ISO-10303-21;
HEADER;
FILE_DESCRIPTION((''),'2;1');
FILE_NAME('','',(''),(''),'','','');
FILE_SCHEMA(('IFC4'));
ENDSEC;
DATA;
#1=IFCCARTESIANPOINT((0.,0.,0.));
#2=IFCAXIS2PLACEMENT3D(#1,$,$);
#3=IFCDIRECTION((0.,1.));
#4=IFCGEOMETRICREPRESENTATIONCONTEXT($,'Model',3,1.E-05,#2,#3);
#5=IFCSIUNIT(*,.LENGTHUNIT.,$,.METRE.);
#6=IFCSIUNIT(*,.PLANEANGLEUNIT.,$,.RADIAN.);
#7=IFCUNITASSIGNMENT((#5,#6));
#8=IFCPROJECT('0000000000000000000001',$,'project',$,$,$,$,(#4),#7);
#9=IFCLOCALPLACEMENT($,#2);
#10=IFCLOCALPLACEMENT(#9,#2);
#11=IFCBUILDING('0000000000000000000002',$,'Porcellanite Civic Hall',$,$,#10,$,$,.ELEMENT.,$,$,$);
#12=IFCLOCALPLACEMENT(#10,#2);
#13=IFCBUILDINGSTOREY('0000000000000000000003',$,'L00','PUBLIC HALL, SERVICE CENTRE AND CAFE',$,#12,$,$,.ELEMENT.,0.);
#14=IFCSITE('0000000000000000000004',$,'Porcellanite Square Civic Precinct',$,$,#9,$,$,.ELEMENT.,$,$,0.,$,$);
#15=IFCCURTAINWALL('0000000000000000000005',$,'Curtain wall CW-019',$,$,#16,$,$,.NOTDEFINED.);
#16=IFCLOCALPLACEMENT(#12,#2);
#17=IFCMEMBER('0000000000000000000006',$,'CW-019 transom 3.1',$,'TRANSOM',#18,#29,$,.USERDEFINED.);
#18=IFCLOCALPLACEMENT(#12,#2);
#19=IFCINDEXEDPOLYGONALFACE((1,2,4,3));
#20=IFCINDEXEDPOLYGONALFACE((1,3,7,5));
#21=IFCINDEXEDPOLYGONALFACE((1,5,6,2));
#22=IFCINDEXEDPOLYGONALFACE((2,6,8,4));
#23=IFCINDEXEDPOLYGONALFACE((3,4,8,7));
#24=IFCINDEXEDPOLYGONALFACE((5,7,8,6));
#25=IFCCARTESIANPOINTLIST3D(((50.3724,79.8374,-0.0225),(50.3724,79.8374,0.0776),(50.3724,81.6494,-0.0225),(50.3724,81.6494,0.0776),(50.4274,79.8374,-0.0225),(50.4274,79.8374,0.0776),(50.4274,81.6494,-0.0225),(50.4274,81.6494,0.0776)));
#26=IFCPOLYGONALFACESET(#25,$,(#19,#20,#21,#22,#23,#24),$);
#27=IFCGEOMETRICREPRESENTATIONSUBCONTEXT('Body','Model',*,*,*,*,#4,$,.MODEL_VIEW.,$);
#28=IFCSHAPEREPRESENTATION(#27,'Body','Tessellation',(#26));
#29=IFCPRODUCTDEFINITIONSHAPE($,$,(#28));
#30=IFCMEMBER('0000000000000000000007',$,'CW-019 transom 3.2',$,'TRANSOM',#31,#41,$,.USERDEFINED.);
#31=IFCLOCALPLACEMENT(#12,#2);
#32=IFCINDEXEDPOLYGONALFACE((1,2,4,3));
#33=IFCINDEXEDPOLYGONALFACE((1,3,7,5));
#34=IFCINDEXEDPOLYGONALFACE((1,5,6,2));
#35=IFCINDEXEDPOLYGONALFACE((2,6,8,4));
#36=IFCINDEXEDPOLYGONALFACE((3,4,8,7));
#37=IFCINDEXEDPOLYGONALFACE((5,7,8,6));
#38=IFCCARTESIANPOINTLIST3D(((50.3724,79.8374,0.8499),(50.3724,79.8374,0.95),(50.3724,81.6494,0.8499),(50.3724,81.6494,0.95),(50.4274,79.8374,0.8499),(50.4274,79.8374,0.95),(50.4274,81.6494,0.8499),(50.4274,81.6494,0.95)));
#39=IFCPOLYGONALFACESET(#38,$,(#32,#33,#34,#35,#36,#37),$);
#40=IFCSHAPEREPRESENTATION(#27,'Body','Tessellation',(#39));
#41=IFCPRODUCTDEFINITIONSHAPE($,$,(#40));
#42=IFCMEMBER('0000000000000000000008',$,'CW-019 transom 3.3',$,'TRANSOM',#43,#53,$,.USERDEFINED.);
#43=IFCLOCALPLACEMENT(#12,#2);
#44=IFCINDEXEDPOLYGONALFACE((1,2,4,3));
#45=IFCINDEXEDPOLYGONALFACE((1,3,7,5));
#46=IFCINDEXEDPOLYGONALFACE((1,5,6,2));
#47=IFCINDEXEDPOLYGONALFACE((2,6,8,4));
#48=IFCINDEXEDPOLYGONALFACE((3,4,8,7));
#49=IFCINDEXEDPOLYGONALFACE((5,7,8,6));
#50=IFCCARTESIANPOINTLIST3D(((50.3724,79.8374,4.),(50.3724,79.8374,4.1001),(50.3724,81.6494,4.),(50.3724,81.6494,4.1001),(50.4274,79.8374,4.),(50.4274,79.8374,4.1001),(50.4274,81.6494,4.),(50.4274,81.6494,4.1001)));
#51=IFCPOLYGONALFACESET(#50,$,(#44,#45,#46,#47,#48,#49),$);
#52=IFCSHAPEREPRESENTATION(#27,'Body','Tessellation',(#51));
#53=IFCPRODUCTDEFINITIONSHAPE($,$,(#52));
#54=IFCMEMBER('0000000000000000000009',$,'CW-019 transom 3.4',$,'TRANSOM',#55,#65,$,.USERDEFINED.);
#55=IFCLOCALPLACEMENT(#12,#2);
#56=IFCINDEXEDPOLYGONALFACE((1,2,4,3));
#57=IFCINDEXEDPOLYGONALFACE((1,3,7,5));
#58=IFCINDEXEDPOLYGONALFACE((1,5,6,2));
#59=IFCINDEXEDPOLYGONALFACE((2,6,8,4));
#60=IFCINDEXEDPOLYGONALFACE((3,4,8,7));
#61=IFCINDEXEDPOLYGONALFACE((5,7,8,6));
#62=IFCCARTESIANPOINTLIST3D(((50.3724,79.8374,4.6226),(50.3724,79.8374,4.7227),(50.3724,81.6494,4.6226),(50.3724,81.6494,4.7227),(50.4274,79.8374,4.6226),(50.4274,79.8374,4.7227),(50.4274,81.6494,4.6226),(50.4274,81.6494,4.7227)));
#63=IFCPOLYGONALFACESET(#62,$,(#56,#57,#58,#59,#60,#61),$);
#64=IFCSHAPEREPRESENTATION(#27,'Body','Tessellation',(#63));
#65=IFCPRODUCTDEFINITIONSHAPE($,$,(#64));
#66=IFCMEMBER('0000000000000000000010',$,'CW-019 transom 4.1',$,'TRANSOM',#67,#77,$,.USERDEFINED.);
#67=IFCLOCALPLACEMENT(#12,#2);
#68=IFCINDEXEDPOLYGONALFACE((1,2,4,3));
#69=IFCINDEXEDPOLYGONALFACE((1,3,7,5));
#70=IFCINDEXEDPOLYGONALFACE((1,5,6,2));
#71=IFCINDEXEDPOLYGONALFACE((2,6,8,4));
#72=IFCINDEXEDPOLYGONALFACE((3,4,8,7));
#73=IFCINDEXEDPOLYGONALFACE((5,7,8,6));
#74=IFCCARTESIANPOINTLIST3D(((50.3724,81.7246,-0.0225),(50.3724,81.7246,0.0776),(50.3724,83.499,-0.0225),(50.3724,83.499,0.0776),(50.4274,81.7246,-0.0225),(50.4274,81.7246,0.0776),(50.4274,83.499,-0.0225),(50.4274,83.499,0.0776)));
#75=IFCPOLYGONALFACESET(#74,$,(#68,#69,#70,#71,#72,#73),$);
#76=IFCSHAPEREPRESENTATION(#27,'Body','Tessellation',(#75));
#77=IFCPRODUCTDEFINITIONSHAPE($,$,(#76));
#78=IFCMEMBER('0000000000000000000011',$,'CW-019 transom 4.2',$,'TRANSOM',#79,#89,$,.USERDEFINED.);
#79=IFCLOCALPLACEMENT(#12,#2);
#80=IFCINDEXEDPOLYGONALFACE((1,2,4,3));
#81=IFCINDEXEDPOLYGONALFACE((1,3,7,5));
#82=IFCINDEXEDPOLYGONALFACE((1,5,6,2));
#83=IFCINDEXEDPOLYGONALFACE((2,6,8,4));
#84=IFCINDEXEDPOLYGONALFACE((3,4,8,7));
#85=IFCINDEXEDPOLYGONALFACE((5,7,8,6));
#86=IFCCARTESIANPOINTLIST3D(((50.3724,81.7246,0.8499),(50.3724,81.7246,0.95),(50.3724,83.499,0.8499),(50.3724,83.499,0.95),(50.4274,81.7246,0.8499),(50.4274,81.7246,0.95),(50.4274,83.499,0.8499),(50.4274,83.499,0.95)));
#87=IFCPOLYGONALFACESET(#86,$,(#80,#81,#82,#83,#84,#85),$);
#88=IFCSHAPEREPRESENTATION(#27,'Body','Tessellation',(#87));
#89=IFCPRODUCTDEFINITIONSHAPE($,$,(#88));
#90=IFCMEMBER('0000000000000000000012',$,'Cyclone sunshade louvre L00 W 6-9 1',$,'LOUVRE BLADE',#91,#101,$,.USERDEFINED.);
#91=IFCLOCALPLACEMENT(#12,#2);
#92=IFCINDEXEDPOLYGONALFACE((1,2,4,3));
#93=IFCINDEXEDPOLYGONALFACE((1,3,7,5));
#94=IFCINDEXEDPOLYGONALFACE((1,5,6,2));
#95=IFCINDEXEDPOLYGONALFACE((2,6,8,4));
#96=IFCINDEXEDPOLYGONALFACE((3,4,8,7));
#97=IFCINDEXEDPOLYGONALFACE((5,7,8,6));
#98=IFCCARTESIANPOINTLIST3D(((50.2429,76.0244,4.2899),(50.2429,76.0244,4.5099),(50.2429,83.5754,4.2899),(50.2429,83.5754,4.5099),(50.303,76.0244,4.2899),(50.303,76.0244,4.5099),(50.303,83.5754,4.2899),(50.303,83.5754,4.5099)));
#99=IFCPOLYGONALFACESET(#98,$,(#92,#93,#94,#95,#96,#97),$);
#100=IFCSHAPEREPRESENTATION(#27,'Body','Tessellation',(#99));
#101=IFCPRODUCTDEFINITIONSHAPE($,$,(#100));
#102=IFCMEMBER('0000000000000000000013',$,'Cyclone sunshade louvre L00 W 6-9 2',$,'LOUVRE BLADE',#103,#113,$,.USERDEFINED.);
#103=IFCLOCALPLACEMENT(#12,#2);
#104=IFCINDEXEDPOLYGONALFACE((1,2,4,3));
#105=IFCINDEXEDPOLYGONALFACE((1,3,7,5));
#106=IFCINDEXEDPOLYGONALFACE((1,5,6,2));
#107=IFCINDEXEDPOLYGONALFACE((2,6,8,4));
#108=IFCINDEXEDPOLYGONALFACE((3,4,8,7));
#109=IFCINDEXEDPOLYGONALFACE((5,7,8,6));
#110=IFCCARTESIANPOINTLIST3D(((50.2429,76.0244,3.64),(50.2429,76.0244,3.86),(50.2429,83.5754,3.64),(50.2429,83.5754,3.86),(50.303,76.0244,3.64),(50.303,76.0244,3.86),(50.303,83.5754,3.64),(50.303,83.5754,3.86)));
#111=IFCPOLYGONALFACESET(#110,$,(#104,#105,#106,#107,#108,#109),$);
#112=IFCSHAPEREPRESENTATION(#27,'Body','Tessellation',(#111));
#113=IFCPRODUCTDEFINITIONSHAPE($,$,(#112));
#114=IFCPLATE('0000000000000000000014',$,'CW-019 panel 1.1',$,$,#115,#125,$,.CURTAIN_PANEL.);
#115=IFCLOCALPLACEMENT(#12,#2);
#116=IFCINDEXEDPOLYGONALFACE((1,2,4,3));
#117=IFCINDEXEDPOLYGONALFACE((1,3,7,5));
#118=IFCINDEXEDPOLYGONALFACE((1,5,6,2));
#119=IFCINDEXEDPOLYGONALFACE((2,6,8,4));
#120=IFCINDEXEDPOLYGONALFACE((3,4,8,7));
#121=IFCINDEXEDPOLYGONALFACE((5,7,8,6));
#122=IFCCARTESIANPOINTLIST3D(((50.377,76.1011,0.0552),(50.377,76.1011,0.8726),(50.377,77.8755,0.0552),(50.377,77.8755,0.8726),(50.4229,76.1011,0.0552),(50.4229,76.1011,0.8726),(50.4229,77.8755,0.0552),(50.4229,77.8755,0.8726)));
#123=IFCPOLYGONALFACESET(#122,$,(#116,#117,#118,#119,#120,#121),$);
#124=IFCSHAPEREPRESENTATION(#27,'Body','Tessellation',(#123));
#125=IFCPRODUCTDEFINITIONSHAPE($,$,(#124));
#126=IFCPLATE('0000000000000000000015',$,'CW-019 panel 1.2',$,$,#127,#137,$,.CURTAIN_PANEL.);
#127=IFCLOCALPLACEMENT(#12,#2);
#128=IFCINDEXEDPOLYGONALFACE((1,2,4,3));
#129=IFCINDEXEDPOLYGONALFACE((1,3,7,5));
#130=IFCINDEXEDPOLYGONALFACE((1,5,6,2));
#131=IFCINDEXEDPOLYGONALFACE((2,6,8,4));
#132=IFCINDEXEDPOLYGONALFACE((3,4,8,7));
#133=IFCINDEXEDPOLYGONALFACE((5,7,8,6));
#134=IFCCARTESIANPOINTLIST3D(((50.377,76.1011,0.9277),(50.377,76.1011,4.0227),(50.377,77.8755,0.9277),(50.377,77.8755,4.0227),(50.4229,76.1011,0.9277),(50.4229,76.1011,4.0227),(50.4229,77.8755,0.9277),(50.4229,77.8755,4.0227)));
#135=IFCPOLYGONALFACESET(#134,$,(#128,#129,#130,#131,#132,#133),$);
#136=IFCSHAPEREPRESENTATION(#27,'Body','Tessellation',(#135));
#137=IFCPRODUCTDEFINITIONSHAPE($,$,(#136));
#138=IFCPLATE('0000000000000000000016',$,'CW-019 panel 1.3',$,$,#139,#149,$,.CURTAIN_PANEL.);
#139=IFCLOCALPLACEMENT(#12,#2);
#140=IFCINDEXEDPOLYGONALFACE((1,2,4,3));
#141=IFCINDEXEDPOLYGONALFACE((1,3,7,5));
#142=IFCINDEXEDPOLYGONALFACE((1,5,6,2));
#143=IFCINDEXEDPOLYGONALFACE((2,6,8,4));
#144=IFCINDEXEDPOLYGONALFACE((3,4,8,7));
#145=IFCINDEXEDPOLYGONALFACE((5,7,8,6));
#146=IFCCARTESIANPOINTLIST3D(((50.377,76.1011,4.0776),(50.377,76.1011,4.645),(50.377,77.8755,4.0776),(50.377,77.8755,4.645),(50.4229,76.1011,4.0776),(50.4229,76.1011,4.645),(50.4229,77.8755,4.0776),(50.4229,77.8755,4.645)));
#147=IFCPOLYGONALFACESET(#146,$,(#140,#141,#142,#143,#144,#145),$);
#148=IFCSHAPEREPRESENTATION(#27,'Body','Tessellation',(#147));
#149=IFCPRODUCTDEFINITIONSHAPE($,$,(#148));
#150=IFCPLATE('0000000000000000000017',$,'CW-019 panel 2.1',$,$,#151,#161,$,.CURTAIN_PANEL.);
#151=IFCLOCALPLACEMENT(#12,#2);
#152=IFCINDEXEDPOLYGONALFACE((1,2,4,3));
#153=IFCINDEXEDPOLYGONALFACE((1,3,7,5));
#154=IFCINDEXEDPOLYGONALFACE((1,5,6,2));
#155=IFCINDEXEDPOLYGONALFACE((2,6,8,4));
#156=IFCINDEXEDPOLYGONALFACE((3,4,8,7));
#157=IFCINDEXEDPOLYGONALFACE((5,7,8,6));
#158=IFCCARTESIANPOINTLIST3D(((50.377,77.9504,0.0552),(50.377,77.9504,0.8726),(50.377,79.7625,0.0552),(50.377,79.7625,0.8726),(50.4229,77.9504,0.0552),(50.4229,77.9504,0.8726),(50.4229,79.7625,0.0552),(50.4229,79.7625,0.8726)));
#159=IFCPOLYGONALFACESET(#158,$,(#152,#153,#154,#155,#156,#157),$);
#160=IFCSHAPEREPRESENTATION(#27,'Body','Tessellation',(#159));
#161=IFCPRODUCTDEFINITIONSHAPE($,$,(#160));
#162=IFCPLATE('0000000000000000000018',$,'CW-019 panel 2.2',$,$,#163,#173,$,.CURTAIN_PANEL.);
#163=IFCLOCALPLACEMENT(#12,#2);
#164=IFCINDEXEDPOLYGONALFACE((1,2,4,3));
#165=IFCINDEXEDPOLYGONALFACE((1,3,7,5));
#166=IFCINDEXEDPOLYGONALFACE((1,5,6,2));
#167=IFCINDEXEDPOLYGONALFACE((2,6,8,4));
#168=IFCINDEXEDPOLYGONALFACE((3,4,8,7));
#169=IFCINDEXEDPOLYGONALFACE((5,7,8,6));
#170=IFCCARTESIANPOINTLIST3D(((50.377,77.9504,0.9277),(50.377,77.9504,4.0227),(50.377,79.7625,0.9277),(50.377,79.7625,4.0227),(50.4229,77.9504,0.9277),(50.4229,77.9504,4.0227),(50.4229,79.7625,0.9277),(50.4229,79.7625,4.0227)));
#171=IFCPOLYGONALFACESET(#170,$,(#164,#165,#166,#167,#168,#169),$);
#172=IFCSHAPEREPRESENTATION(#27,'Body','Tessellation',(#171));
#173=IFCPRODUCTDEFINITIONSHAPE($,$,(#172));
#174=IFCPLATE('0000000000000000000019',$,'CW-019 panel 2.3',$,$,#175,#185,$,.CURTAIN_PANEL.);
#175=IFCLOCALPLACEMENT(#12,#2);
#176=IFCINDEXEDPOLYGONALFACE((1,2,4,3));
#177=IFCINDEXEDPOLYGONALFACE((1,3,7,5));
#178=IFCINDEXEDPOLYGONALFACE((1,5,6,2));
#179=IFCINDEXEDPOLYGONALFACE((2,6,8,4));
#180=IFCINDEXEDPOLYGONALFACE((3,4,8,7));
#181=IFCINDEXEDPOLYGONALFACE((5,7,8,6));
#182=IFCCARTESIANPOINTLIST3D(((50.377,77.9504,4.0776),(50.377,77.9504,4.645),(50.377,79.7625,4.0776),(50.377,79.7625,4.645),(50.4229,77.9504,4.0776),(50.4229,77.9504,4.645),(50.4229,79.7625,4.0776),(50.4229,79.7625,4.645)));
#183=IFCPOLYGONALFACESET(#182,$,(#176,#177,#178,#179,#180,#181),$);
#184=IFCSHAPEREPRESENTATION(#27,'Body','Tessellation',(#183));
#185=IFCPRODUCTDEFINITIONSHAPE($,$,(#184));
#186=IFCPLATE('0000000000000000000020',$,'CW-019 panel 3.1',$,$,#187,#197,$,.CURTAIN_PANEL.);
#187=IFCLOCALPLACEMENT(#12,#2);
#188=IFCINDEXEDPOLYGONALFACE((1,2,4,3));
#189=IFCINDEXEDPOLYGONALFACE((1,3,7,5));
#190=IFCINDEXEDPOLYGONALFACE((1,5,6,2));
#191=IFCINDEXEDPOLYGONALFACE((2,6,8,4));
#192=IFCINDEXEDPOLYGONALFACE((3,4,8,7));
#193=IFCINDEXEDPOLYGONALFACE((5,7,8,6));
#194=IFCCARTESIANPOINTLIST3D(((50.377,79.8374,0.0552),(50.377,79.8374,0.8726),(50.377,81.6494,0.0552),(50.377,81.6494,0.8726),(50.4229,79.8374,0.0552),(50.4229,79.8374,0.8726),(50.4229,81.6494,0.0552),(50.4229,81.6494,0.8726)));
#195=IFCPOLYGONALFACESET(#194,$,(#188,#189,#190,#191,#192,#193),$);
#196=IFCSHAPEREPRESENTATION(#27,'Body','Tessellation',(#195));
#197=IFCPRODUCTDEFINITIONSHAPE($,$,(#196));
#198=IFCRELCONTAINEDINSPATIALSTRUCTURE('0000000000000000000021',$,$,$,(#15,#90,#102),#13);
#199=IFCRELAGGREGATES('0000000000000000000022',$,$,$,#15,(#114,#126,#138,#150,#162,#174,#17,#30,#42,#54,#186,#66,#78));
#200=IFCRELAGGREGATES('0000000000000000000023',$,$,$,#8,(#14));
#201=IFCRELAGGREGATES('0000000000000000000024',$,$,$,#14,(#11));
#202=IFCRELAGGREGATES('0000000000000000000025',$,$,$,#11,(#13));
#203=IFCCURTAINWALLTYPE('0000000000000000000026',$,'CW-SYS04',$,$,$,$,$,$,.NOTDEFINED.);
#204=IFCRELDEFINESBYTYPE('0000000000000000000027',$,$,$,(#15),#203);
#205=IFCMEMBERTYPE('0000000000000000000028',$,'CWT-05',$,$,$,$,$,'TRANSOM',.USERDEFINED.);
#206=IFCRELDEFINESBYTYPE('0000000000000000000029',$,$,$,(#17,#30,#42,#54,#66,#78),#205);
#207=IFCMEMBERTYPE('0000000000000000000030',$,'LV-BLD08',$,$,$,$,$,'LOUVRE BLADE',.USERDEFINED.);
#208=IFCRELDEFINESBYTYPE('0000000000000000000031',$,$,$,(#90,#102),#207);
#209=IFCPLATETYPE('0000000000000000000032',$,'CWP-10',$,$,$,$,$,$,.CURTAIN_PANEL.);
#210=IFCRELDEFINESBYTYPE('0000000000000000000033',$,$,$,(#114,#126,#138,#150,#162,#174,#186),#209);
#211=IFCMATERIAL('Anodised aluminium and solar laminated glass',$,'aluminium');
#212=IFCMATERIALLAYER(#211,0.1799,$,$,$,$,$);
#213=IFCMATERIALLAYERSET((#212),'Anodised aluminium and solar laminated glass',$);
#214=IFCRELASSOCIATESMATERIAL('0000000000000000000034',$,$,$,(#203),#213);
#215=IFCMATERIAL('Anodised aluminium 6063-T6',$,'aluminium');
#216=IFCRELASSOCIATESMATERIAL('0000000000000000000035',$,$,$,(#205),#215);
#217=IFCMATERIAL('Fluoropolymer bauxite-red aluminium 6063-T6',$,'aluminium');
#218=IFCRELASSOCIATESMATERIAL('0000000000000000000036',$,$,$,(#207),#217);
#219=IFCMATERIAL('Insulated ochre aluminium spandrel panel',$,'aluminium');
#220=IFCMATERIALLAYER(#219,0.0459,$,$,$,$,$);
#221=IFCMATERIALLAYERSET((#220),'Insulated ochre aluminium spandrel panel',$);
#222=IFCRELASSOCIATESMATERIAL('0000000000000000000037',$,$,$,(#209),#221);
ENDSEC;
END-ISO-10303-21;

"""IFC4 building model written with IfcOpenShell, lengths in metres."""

from ifc_helpers import new_model, si_unit, direction, frame, origin, origin_2d, place, context, subcontext, project, spatial, rectangle, extrude, material, layer, layer_set, material_profile, profile_set, type_object, element, aggregate, save


model = new_model("IFC4")

# Units and contexts
model_context = context("Model", 3, precision=1e-05, world=origin(), true_north=direction((0.0, 1.0)))
body_context = subcontext(model_context, "Body", "Model", "MODEL_VIEW")
ifc_project = project(units=[si_unit("LENGTHUNIT", "METRE"), si_unit("PLANEANGLEUNIT", "RADIAN")], contexts=[model_context])

# Site, building, storey
site_placement = place(None, origin())
site = spatial("IfcSite", under=ifc_project, at=site_placement, Name="Porcellanite Square Civic Precinct", CompositionType="ELEMENT", RefElevation=0.0)
building_placement = place(site_placement, origin())
building = spatial("IfcBuilding", under=site, at=building_placement, Name="Porcellanite Civic Hall", CompositionType="ELEMENT")
storey_placement = place(building_placement, origin())
storey = spatial("IfcBuildingStorey", under=building, at=storey_placement, Name="L00", Description="PUBLIC HALL, SERVICE CENTRE AND CAFE", CompositionType="ELEMENT", Elevation=0.0)

# Curtain wall, members
ifc_material_1 = material(Name="Anodised aluminium and solar laminated glass", Category="aluminium")
ifc_layer_1 = layer(ifc_material_1, 0.1799)
ifc_layer_set_1 = layer_set([ifc_layer_1], Name="Anodised aluminium and solar laminated glass")
curtain_wall_type = type_object("IfcCurtainWallType", Name="CW-SYS04", PredefinedType="NOTDEFINED", material=ifc_layer_set_1)
curtain_wall_placement = place(storey_placement, origin())
curtain_wall = element("IfcCurtainWall", 1, at=curtain_wall_placement, inside=storey, type_object=curtain_wall_type, Name="Curtain wall CW-019", PredefinedType="NOTDEFINED")
ifc_material_2 = material(Name="Anodised aluminium 6063-T6", Category="aluminium")
ifc_material_profile_1 = material_profile(ifc_material_2, rectangle(XDim=0.0549, YDim=0.1001, at=origin_2d()), Name="AL-55x100")
ifc_profile_set_1 = profile_set([ifc_material_profile_1], Name="Anodised aluminium 6063-T6")
member_type_1 = type_object("IfcMemberType", Name="CWT-05", ElementType="TRANSOM", PredefinedType="USERDEFINED", material=ifc_profile_set_1)
member_1_placement = place(storey_placement, frame((50.3999, 79.8374, 0.0276), z_axis=(0.0, 1.0, 0.0), x_axis=(-1.0, 0.0, 0.0)))
member_1 = element("IfcMember", 2, at=member_1_placement, type_object=member_type_1, Name="CW-019 transom 3.1", ObjectType="TRANSOM", PredefinedType="USERDEFINED", context=body_context, shape_type="SweptSolid", body=[
    extrude(rectangle(XDim=0.0549, YDim=0.1001, at=origin_2d()), origin(), (0.0, 0.0, 1.0), 1.812),
])
member_2_placement = place(storey_placement, frame((50.3999, 79.8374, 0.8999), z_axis=(0.0, 1.0, 0.0), x_axis=(-1.0, 0.0, 0.0)))
member_2 = element("IfcMember", 3, at=member_2_placement, type_object=member_type_1, Name="CW-019 transom 3.2", ObjectType="TRANSOM", PredefinedType="USERDEFINED", context=body_context, shape_type="SweptSolid", body=[
    extrude(rectangle(XDim=0.0549, YDim=0.1001, at=origin_2d()), origin(), (0.0, 0.0, 1.0), 1.812),
])
member_3_placement = place(storey_placement, frame((50.3999, 79.8374, 4.05), z_axis=(0.0, 1.0, 0.0), x_axis=(-1.0, 0.0, 0.0)))
member_3 = element("IfcMember", 4, at=member_3_placement, type_object=member_type_1, Name="CW-019 transom 3.3", ObjectType="TRANSOM", PredefinedType="USERDEFINED", context=body_context, shape_type="SweptSolid", body=[
    extrude(rectangle(XDim=0.0549, YDim=0.1001, at=origin_2d()), origin(), (0.0, 0.0, 1.0), 1.812),
])
member_4_placement = place(storey_placement, frame((50.3999, 79.8374, 4.6726), z_axis=(0.0, 1.0, 0.0), x_axis=(-1.0, 0.0, 0.0)))
member_4 = element("IfcMember", 5, at=member_4_placement, type_object=member_type_1, Name="CW-019 transom 3.4", ObjectType="TRANSOM", PredefinedType="USERDEFINED", context=body_context, shape_type="SweptSolid", body=[
    extrude(rectangle(XDim=0.0549, YDim=0.1001, at=origin_2d()), origin(), (0.0, 0.0, 1.0), 1.812),
])
member_5_placement = place(storey_placement, frame((50.3999, 81.7246, 0.0276), z_axis=(0.0, 1.0, 0.0), x_axis=(-1.0, 0.0, 0.0)))
member_5 = element("IfcMember", 6, at=member_5_placement, type_object=member_type_1, Name="CW-019 transom 4.1", ObjectType="TRANSOM", PredefinedType="USERDEFINED", context=body_context, shape_type="SweptSolid", body=[
    extrude(rectangle(XDim=0.0549, YDim=0.1001, at=origin_2d()), origin(), (0.0, 0.0, 1.0), 1.7744),
])
member_6_placement = place(storey_placement, frame((50.3999, 81.7246, 0.8999), z_axis=(0.0, 1.0, 0.0), x_axis=(-1.0, 0.0, 0.0)))
member_6 = element("IfcMember", 7, at=member_6_placement, type_object=member_type_1, Name="CW-019 transom 4.2", ObjectType="TRANSOM", PredefinedType="USERDEFINED", context=body_context, shape_type="SweptSolid", body=[
    extrude(rectangle(XDim=0.0549, YDim=0.1001, at=origin_2d()), origin(), (0.0, 0.0, 1.0), 1.7744),
])

# Members
ifc_material_3 = material(Name="Fluoropolymer bauxite-red aluminium 6063-T6", Category="aluminium")
ifc_material_profile_2 = material_profile(ifc_material_3, rectangle(XDim=0.0601, YDim=0.22, at=origin_2d()), Name="AL-60x220")
ifc_profile_set_2 = profile_set([ifc_material_profile_2], Name="Fluoropolymer bauxite-red aluminium 6063-T6")
member_type_2 = type_object("IfcMemberType", Name="LV-BLD08", ElementType="LOUVRE BLADE", PredefinedType="USERDEFINED", material=ifc_profile_set_2)
for number, where, z_axis, x_axis, name in (
    (8, (50.2729, 76.0244, 4.3999), (0.0, 1.0, 0.0), (-1.0, 0.0, 0.0), "Cyclone sunshade louvre L00 W 6-9 1"),
    (9, (50.2729, 76.0244, 3.75), (0.0, 1.0, 0.0), (-1.0, 0.0, 0.0), "Cyclone sunshade louvre L00 W 6-9 2"),
):
    element("IfcMember", number, at=place(storey_placement, frame(where, z_axis=z_axis, x_axis=x_axis)), inside=storey, type_object=member_type_2, Name=name, ObjectType="LOUVRE BLADE", PredefinedType="USERDEFINED", context=body_context, shape_type="SweptSolid", body=[
        extrude(rectangle(XDim=0.0601, YDim=0.22, at=origin_2d()), origin(), (0.0, 0.0, 1.0), 7.551),
    ])

# Plates
ifc_material_4 = material(Name="Insulated ochre aluminium spandrel panel", Category="aluminium")
ifc_layer_2 = layer(ifc_material_4, 0.0459)
ifc_layer_set_2 = layer_set([ifc_layer_2], Name="Insulated ochre aluminium spandrel panel")
plate_type = type_object("IfcPlateType", Name="CWP-10", PredefinedType="CURTAIN_PANEL", material=ifc_layer_set_2)
plate_1_placement = place(storey_placement, frame((50.3999, 76.9883, 0.0552), z_axis=(0.0, 0.0, 1.0), x_axis=(0.0, 1.0, 0.0)))
plate_1 = element("IfcPlate", 10, at=plate_1_placement, type_object=plate_type, Name="CW-019 panel 1.1", PredefinedType="CURTAIN_PANEL", context=body_context, shape_type="SweptSolid", body=[
    extrude(rectangle(XDim=1.7744, YDim=0.0459, at=origin_2d()), origin(), (0.0, 0.0, 1.0), 0.8174),
])
plate_2_placement = place(storey_placement, frame((50.3999, 76.9883, 0.9277), z_axis=(0.0, 0.0, 1.0), x_axis=(0.0, 1.0, 0.0)))
plate_2 = element("IfcPlate", 11, at=plate_2_placement, type_object=plate_type, Name="CW-019 panel 1.2", PredefinedType="CURTAIN_PANEL", context=body_context, shape_type="SweptSolid", body=[
    extrude(rectangle(XDim=1.7744, YDim=0.0459, at=origin_2d()), origin(), (0.0, 0.0, 1.0), 3.095),
])
plate_3_placement = place(storey_placement, frame((50.3999, 76.9883, 4.0776), z_axis=(0.0, 0.0, 1.0), x_axis=(0.0, 1.0, 0.0)))
plate_3 = element("IfcPlate", 12, at=plate_3_placement, type_object=plate_type, Name="CW-019 panel 1.3", PredefinedType="CURTAIN_PANEL", context=body_context, shape_type="SweptSolid", body=[
    extrude(rectangle(XDim=1.7744, YDim=0.0459, at=origin_2d()), origin(), (0.0, 0.0, 1.0), 0.5674),
])
plate_4_placement = place(storey_placement, frame((50.3999, 78.8564, 0.0552), z_axis=(0.0, 0.0, 1.0), x_axis=(0.0, 1.0, 0.0)))
plate_4 = element("IfcPlate", 13, at=plate_4_placement, type_object=plate_type, Name="CW-019 panel 2.1", PredefinedType="CURTAIN_PANEL", context=body_context, shape_type="SweptSolid", body=[
    extrude(rectangle(XDim=1.812, YDim=0.0459, at=origin_2d()), origin(), (0.0, 0.0, 1.0), 0.8174),
])
plate_5_placement = place(storey_placement, frame((50.3999, 78.8564, 0.9277), z_axis=(0.0, 0.0, 1.0), x_axis=(0.0, 1.0, 0.0)))
plate_5 = element("IfcPlate", 14, at=plate_5_placement, type_object=plate_type, Name="CW-019 panel 2.2", PredefinedType="CURTAIN_PANEL", context=body_context, shape_type="SweptSolid", body=[
    extrude(rectangle(XDim=1.812, YDim=0.0459, at=origin_2d()), origin(), (0.0, 0.0, 1.0), 3.095),
])
plate_6_placement = place(storey_placement, frame((50.3999, 78.8564, 4.0776), z_axis=(0.0, 0.0, 1.0), x_axis=(0.0, 1.0, 0.0)))
plate_6 = element("IfcPlate", 15, at=plate_6_placement, type_object=plate_type, Name="CW-019 panel 2.3", PredefinedType="CURTAIN_PANEL", context=body_context, shape_type="SweptSolid", body=[
    extrude(rectangle(XDim=1.812, YDim=0.0459, at=origin_2d()), origin(), (0.0, 0.0, 1.0), 0.5674),
])
plate_7_placement = place(storey_placement, frame((50.3999, 80.7434, 0.0552), z_axis=(0.0, 0.0, 1.0), x_axis=(0.0, 1.0, 0.0)))
plate_7 = element("IfcPlate", 16, at=plate_7_placement, type_object=plate_type, Name="CW-019 panel 3.1", PredefinedType="CURTAIN_PANEL", context=body_context, shape_type="SweptSolid", body=[
    extrude(rectangle(XDim=1.812, YDim=0.0459, at=origin_2d()), origin(), (0.0, 0.0, 1.0), 0.8174),
])
aggregate(curtain_wall, [plate_1, plate_2, plate_3, plate_4, plate_5, plate_6, member_1, member_2, member_3, member_4, plate_7, member_5, member_6])

save(model, "model.ifc")
